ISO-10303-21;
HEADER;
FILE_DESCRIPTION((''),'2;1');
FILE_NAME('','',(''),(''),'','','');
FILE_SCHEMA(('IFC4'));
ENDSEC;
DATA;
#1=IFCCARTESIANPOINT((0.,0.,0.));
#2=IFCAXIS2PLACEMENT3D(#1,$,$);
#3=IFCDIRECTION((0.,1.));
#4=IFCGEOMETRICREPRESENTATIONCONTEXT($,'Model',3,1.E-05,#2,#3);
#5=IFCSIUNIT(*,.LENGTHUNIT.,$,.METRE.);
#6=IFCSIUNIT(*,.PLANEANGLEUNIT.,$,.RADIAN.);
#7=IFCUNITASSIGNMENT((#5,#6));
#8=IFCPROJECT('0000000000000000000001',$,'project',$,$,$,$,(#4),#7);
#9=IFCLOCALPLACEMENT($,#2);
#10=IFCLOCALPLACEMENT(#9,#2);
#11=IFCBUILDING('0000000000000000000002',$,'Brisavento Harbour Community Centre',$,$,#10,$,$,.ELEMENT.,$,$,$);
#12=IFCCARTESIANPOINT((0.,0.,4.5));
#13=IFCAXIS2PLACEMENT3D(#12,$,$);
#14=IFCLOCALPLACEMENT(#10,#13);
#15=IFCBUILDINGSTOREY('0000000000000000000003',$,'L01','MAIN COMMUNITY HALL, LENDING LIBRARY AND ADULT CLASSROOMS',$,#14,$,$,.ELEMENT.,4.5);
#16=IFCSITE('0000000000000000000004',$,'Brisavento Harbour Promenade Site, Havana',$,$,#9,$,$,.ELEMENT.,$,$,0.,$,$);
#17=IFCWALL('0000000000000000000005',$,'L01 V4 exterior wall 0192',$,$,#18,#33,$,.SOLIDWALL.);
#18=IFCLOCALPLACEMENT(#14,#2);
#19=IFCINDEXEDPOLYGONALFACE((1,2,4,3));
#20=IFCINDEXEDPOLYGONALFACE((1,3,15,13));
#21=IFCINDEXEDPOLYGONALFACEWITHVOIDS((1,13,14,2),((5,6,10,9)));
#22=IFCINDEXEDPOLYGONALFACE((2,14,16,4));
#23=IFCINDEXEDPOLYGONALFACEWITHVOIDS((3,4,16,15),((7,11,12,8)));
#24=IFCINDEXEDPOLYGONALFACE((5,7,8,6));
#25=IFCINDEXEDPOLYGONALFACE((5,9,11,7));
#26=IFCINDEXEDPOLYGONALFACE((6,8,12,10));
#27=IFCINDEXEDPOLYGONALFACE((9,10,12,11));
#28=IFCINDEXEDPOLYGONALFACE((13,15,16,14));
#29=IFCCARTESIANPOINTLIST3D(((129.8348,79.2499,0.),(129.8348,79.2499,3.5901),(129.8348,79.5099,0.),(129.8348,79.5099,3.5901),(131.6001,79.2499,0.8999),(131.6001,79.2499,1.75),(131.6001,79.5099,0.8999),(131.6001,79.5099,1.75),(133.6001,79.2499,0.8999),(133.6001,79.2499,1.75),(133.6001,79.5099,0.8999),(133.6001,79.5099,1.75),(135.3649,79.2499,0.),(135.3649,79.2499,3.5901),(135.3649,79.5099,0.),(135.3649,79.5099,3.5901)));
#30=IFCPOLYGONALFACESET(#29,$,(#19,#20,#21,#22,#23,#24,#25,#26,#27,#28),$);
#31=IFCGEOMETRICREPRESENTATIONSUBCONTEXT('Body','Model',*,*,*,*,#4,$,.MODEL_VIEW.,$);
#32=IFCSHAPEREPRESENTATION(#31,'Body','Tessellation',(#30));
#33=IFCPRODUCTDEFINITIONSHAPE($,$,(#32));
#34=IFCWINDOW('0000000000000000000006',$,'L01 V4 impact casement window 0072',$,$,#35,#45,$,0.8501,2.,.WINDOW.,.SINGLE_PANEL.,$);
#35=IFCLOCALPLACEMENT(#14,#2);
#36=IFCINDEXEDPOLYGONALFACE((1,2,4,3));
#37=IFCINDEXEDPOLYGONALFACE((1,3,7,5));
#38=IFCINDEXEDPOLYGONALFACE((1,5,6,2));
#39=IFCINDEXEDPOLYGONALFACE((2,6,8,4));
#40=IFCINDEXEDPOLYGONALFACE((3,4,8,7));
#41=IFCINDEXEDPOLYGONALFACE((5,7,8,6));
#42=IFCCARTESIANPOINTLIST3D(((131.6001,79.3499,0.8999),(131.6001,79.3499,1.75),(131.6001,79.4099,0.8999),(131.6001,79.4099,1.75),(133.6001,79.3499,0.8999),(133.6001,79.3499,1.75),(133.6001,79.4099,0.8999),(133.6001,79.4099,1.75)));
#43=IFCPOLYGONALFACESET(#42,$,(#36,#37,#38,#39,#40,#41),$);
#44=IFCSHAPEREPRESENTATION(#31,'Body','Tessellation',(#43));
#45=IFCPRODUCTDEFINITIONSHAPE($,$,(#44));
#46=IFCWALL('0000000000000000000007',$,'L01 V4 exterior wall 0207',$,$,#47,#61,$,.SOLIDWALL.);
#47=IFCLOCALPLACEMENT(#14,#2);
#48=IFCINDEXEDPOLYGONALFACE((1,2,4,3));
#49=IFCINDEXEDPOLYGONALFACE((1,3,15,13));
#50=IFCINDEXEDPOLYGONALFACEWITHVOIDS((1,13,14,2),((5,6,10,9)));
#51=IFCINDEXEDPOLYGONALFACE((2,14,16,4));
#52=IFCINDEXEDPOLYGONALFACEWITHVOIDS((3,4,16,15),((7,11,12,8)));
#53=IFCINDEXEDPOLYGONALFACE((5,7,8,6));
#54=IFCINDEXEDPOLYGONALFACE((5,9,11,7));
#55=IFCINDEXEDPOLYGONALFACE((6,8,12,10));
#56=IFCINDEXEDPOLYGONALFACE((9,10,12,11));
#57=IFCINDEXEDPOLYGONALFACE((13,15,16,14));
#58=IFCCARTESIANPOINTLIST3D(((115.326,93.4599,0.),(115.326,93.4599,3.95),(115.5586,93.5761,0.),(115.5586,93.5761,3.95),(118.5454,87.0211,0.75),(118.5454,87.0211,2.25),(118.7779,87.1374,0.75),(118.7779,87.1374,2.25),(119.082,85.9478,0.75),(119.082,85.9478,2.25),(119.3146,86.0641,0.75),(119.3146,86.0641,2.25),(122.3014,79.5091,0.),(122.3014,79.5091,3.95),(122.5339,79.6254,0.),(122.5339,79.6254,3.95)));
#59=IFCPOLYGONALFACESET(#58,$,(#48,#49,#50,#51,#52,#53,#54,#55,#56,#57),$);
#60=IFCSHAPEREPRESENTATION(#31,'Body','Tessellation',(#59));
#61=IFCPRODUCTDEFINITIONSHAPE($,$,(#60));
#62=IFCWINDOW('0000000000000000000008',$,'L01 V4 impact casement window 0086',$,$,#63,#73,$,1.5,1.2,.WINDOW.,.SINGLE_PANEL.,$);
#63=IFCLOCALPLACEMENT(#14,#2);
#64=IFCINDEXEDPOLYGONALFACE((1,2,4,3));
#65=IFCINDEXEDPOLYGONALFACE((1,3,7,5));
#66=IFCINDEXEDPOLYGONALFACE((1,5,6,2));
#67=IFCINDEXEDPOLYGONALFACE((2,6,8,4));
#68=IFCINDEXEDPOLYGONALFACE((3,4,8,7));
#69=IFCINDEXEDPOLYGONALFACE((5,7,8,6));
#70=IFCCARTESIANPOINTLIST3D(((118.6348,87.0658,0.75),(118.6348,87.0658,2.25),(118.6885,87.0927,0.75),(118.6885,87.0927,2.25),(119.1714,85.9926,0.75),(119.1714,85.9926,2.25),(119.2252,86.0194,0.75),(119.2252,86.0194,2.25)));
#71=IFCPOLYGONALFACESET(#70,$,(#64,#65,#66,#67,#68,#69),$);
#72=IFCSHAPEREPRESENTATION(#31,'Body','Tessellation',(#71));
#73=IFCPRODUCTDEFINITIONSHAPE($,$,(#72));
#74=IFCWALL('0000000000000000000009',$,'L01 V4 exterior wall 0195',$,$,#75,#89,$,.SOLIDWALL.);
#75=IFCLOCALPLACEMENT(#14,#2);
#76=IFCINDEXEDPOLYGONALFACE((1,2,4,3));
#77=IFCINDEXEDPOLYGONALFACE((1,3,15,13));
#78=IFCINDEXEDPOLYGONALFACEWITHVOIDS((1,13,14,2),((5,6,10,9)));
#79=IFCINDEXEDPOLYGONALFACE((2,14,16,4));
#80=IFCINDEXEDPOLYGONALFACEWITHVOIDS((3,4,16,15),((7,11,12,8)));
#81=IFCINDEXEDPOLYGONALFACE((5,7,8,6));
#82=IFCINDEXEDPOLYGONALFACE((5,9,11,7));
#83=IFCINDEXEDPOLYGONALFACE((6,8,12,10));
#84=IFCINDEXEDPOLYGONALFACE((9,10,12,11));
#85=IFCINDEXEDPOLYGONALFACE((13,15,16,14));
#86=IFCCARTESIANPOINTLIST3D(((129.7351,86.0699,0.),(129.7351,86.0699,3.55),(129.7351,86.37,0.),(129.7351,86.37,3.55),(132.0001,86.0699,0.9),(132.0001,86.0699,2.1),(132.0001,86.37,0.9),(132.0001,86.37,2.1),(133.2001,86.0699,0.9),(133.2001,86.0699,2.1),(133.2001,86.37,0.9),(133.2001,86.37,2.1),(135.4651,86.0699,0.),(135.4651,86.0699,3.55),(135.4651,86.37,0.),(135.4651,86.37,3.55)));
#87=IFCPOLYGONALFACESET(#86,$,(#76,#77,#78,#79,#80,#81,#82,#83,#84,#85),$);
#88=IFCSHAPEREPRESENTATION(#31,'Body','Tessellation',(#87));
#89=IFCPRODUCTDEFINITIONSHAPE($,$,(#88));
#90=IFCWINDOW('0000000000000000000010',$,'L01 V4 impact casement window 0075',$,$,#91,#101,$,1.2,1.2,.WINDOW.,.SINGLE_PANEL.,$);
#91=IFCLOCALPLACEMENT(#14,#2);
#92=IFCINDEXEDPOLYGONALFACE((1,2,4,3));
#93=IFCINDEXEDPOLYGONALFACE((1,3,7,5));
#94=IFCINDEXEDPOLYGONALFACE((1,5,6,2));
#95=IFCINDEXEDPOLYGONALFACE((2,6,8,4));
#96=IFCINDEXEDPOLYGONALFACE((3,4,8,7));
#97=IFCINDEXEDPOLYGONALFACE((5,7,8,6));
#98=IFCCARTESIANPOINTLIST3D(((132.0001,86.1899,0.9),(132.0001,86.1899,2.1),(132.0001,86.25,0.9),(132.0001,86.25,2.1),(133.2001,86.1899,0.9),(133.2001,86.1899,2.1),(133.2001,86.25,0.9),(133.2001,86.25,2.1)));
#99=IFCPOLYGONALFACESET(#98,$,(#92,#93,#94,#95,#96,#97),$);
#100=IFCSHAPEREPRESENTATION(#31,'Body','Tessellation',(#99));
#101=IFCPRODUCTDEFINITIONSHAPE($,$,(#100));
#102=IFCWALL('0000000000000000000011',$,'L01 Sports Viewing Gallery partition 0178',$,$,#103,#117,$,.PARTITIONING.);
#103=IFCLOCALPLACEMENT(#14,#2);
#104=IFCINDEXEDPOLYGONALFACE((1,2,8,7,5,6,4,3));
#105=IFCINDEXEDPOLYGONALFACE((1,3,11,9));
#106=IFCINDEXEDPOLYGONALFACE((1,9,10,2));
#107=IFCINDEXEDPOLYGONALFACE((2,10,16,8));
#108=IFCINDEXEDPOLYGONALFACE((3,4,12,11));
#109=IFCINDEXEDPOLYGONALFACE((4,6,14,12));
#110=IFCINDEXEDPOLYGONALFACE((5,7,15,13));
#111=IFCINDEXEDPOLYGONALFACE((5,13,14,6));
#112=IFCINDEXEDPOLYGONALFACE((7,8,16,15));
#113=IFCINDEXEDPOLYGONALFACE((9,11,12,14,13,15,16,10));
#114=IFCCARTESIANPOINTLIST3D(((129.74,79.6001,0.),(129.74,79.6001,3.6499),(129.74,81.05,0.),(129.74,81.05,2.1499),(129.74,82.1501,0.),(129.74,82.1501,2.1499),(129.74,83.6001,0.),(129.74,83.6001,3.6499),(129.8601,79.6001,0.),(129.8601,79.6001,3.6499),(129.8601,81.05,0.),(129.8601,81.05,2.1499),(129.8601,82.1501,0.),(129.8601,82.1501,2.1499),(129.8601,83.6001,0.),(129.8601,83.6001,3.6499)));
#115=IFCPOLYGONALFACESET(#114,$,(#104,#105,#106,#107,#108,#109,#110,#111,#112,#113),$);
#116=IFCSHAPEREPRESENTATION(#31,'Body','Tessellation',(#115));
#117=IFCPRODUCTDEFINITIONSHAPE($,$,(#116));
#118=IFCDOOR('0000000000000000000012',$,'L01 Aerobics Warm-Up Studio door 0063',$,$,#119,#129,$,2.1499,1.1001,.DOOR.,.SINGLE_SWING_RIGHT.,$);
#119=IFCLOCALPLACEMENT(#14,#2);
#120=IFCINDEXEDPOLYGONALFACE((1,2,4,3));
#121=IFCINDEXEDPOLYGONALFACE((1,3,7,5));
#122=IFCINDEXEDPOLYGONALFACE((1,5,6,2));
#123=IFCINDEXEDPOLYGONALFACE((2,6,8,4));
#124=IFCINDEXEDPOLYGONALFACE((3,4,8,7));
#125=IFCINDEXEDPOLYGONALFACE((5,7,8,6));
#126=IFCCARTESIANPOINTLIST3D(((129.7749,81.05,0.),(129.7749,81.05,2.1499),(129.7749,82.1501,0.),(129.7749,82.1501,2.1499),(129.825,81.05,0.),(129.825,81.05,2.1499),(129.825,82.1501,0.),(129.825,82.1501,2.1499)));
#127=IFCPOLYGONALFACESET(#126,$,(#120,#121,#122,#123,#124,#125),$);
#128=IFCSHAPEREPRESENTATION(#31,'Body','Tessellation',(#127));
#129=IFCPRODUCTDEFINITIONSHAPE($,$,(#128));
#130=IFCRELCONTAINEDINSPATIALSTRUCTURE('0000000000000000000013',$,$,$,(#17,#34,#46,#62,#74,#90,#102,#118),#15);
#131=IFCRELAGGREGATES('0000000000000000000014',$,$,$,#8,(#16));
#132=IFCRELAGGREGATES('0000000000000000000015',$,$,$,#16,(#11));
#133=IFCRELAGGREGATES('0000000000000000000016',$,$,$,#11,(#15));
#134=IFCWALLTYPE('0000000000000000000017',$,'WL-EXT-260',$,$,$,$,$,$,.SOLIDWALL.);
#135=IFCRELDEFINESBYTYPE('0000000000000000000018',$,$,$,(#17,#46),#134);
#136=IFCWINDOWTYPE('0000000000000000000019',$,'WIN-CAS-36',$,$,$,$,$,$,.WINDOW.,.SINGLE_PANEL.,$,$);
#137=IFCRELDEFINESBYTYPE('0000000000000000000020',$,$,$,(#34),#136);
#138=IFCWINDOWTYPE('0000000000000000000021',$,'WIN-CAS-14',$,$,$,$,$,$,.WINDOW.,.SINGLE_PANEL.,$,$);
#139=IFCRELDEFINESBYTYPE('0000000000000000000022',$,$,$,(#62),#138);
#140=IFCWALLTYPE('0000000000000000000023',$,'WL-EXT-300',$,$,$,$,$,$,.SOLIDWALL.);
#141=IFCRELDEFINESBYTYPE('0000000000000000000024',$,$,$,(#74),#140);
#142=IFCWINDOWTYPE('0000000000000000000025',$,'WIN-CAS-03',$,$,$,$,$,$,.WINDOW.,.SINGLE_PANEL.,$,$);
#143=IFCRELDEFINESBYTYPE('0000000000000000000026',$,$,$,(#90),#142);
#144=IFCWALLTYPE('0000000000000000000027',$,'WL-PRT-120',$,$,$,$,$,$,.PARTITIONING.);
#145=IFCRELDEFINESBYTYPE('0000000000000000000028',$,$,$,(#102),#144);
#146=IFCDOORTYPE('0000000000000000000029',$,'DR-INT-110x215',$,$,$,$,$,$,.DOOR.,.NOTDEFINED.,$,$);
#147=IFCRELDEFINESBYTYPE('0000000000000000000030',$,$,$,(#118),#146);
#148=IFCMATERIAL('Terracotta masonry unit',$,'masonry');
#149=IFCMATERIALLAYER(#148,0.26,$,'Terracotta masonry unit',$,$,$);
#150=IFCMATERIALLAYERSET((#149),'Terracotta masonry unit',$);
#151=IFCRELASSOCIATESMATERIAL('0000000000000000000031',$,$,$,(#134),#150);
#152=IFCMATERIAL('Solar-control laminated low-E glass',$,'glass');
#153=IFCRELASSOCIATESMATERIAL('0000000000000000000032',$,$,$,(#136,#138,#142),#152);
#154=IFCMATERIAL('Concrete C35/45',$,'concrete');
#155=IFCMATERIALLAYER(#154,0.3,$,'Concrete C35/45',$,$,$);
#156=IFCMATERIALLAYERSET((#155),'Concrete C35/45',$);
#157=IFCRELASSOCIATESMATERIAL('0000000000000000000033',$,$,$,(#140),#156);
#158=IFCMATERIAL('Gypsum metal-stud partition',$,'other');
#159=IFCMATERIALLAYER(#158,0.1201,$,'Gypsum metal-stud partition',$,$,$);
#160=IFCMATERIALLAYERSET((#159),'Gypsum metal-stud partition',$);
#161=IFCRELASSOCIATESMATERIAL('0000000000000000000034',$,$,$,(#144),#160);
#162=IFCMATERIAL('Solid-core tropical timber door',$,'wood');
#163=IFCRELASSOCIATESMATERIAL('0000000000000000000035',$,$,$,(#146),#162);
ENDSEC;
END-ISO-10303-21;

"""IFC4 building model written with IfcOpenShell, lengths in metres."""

from ifc_helpers import new_model, si_unit, direction, frame, frame_2d, origin, place, context, subcontext, project, spatial, rectangle, extrude, material, layer, layer_set, type_object, element, fill, save


model = new_model("IFC4")

# Units and contexts
model_context = context("Model", 3, precision=1e-05, world=origin(), true_north=direction((0.0, 1.0)))
body_context = subcontext(model_context, "Body", "Model", "MODEL_VIEW")
ifc_project = project(units=[si_unit("LENGTHUNIT", "METRE"), si_unit("PLANEANGLEUNIT", "RADIAN")], contexts=[model_context])

# Site, building, storey
site_placement = place(None, origin())
site = spatial("IfcSite", under=ifc_project, at=site_placement, Name="Brisavento Harbour Promenade Site, Havana", CompositionType="ELEMENT", RefElevation=0.0)
building_placement = place(site_placement, origin())
building = spatial("IfcBuilding", under=site, at=building_placement, Name="Brisavento Harbour Community Centre", CompositionType="ELEMENT")
storey_placement = place(building_placement, frame((0.0, 0.0, 4.5)))
storey = spatial("IfcBuildingStorey", under=building, at=storey_placement, Name="L01", Description="MAIN COMMUNITY HALL, LENDING LIBRARY AND ADULT CLASSROOMS", CompositionType="ELEMENT", Elevation=4.5)

# Walls, openings, windows
ifc_material_1 = material(Name="Terracotta masonry unit", Category="masonry")
ifc_material_2 = material(Name="Solar-control laminated low-E glass", Category="glass")
ifc_layer_1 = layer(ifc_material_1, 0.26, Name="Terracotta masonry unit")
ifc_layer_set_1 = layer_set([ifc_layer_1], Name="Terracotta masonry unit")
wall_type_1 = type_object("IfcWallType", Name="WL-EXT-260", PredefinedType="SOLIDWALL", material=ifc_layer_set_1)
wall_1_placement = place(storey_placement, frame((135.365, 79.3799, 0.0), z_axis=(0.0, 0.0, 1.0), x_axis=(-1.0, 0.0, 0.0)))
wall_1 = element("IfcWall", 1, at=wall_1_placement, inside=storey, type_object=wall_type_1, Name="L01 V4 exterior wall 0192", PredefinedType="SOLIDWALL", context=body_context, shape_type="SweptSolid", body=[
    extrude(rectangle(XDim=5.53, YDim=0.26, at=frame_2d((2.7651, 0.0))), origin(), (0.0, 0.0, 1.0), 3.5901),
])
opening_1_placement = place(wall_1_placement, frame((1.7649, 0.0, 0.8999)))
opening_1 = element("IfcOpeningElement", 2, at=opening_1_placement, cuts=wall_1, PredefinedType="OPENING", context=body_context, shape_type="SweptSolid", body=[
    extrude(rectangle(XDim=2.0, YDim=0.8501, at=frame_2d((1.0, 0.425))), frame((0.0, 0.1401, 0.0), z_axis=(0.0, -1.0, 0.0), x_axis=(1.0, 0.0, 0.0)), (0.0, 0.0, 1.0), 0.28),
])
window_type_1 = type_object("IfcWindowType", Name="WIN-CAS-36", PartitioningType="SINGLE_PANEL", PredefinedType="WINDOW", material=ifc_material_2)
window_1_placement = place(opening_1_placement, origin())
window_1 = element("IfcWindow", 3, at=window_1_placement, inside=storey, type_object=window_type_1, Name="L01 V4 impact casement window 0072", OverallHeight=0.8501, OverallWidth=2.0, PartitioningType="SINGLE_PANEL", PredefinedType="WINDOW", context=body_context, shape_type="SweptSolid", body=[
    extrude(rectangle(XDim=2.0, YDim=0.8501, at=frame_2d((1.0, 0.425))), frame((0.0, 0.03, 0.0), z_axis=(0.0, -1.0, 0.0), x_axis=(1.0, 0.0, 0.0)), (0.0, 0.0, 1.0), 0.0601),
])
fill(opening_1, window_1)
wall_2_placement = place(storey_placement, frame((122.4177, 79.5671, 0.0), z_axis=(0.0, 0.0, 1.0), x_axis=(-0.447214, 0.894427, 0.0)))
wall_2 = element("IfcWall", 4, at=wall_2_placement, inside=storey, type_object=wall_type_1, Name="L01 V4 exterior wall 0207", PredefinedType="SOLIDWALL", context=body_context, shape_type="SweptSolid", body=[
    extrude(rectangle(XDim=15.5974, YDim=0.26, at=frame_2d((7.7988, 0.0))), origin(), (0.0, 0.0, 1.0), 3.95),
])
opening_2_placement = place(wall_2_placement, frame((7.1987, 0.0, 0.75)))
opening_2 = element("IfcOpeningElement", 5, at=opening_2_placement, cuts=wall_2, PredefinedType="OPENING", context=body_context, shape_type="SweptSolid", body=[
    extrude(rectangle(XDim=1.2, YDim=1.5, at=frame_2d((0.6001, 0.75))), frame((0.0, 0.1401, 0.0), z_axis=(0.0, -1.0, 0.0), x_axis=(1.0, 0.0, 0.0)), (0.0, 0.0, 1.0), 0.28),
])
window_type_2 = type_object("IfcWindowType", Name="WIN-CAS-14", PartitioningType="SINGLE_PANEL", PredefinedType="WINDOW", material=ifc_material_2)
window_2_placement = place(opening_2_placement, origin())
window_2 = element("IfcWindow", 6, at=window_2_placement, inside=storey, type_object=window_type_2, Name="L01 V4 impact casement window 0086", OverallHeight=1.5, OverallWidth=1.2, PartitioningType="SINGLE_PANEL", PredefinedType="WINDOW", context=body_context, shape_type="SweptSolid", body=[
    extrude(rectangle(XDim=1.2, YDim=1.5, at=frame_2d((0.6001, 0.75))), frame((0.0, 0.03, 0.0), z_axis=(0.0, -1.0, 0.0), x_axis=(1.0, 0.0, 0.0)), (0.0, 0.0, 1.0), 0.0601),
])
fill(opening_2, window_2)
ifc_material_3 = material(Name="Concrete C35/45", Category="concrete")
ifc_layer_2 = layer(ifc_material_3, 0.3, Name="Concrete C35/45")
ifc_layer_set_2 = layer_set([ifc_layer_2], Name="Concrete C35/45")
wall_type_2 = type_object("IfcWallType", Name="WL-EXT-300", PredefinedType="SOLIDWALL", material=ifc_layer_set_2)
wall_3_placement = place(storey_placement, frame((129.7351, 86.22, 0.0), z_axis=(0.0, 0.0, 1.0), x_axis=(1.0, 0.0, 0.0)))
wall_3 = element("IfcWall", 7, at=wall_3_placement, inside=storey, type_object=wall_type_2, Name="L01 V4 exterior wall 0195", PredefinedType="SOLIDWALL", context=body_context, shape_type="SweptSolid", body=[
    extrude(rectangle(XDim=5.73, YDim=0.3, at=frame_2d((2.865, 0.0))), origin(), (0.0, 0.0, 1.0), 3.55),
])
opening_3_placement = place(wall_3_placement, frame((2.2649, 0.0, 0.8999)))
opening_3 = element("IfcOpeningElement", 8, at=opening_3_placement, cuts=wall_3, PredefinedType="OPENING", context=body_context, shape_type="SweptSolid", body=[
    extrude(rectangle(XDim=1.2, YDim=1.2, at=frame_2d((0.6001, 0.6001))), frame((0.0, 0.1602, 0.0), z_axis=(0.0, -1.0, 0.0), x_axis=(1.0, 0.0, 0.0)), (0.0, 0.0, 1.0), 0.3201),
])
window_type_3 = type_object("IfcWindowType", Name="WIN-CAS-03", PartitioningType="SINGLE_PANEL", PredefinedType="WINDOW", material=ifc_material_2)
window_3_placement = place(opening_3_placement, origin())
window_3 = element("IfcWindow", 9, at=window_3_placement, inside=storey, type_object=window_type_3, Name="L01 V4 impact casement window 0075", OverallHeight=1.2, OverallWidth=1.2, PartitioningType="SINGLE_PANEL", PredefinedType="WINDOW", context=body_context, shape_type="SweptSolid", body=[
    extrude(rectangle(XDim=1.2, YDim=1.2, at=frame_2d((0.6001, 0.6001))), frame((0.0, 0.03, 0.0), z_axis=(0.0, -1.0, 0.0), x_axis=(1.0, 0.0, 0.0)), (0.0, 0.0, 1.0), 0.0601),
])
fill(opening_3, window_3)

# Wall, opening, door
ifc_material_4 = material(Name="Gypsum metal-stud partition", Category="other")
ifc_layer_3 = layer(ifc_material_4, 0.1201, Name="Gypsum metal-stud partition")
ifc_layer_set_3 = layer_set([ifc_layer_3], Name="Gypsum metal-stud partition")
wall_type_3 = type_object("IfcWallType", Name="WL-PRT-120", PredefinedType="PARTITIONING", material=ifc_layer_set_3)
wall_4_placement = place(storey_placement, frame((129.8, 83.6001, 0.0), z_axis=(0.0, 0.0, 1.0), x_axis=(0.0, -1.0, 0.0)))
wall_4 = element("IfcWall", 10, at=wall_4_placement, inside=storey, type_object=wall_type_3, Name="L01 Sports Viewing Gallery partition 0178", PredefinedType="PARTITIONING", context=body_context, shape_type="SweptSolid", body=[
    extrude(rectangle(XDim=4.0, YDim=0.1201, at=frame_2d((2.0, 0.0))), origin(), (0.0, 0.0, 1.0), 3.6499),
])
opening_4_placement = place(wall_4_placement, frame((1.45, 0.0, 0.0)))
opening_4 = element("IfcOpeningElement", 11, at=opening_4_placement, cuts=wall_4, PredefinedType="OPENING", context=body_context, shape_type="SweptSolid", body=[
    extrude(rectangle(XDim=1.1001, YDim=2.1499, at=frame_2d((0.55, 1.075))), frame((0.0, 0.0701, 0.0), z_axis=(0.0, -1.0, 0.0), x_axis=(1.0, 0.0, 0.0)), (0.0, 0.0, 1.0), 0.1401),
])
ifc_material_5 = material(Name="Solid-core tropical timber door", Category="wood")
door_type = type_object("IfcDoorType", Name="DR-INT-110x215", OperationType="NOTDEFINED", PredefinedType="DOOR", material=ifc_material_5)
door_placement = place(opening_4_placement, origin())
door = element("IfcDoor", 12, at=door_placement, inside=storey, type_object=door_type, Name="L01 Aerobics Warm-Up Studio door 0063", OperationType="SINGLE_SWING_RIGHT", OverallHeight=2.1499, OverallWidth=1.1001, PredefinedType="DOOR", context=body_context, shape_type="SweptSolid", body=[
    extrude(rectangle(XDim=1.1001, YDim=2.1499, at=frame_2d((0.55, 1.075))), frame((0.0, 0.0249, 0.0), z_axis=(0.0, -1.0, 0.0), x_axis=(1.0, 0.0, 0.0)), (0.0, 0.0, 1.0), 0.05),
])
fill(opening_4, door)

save(model, "model.ifc")
